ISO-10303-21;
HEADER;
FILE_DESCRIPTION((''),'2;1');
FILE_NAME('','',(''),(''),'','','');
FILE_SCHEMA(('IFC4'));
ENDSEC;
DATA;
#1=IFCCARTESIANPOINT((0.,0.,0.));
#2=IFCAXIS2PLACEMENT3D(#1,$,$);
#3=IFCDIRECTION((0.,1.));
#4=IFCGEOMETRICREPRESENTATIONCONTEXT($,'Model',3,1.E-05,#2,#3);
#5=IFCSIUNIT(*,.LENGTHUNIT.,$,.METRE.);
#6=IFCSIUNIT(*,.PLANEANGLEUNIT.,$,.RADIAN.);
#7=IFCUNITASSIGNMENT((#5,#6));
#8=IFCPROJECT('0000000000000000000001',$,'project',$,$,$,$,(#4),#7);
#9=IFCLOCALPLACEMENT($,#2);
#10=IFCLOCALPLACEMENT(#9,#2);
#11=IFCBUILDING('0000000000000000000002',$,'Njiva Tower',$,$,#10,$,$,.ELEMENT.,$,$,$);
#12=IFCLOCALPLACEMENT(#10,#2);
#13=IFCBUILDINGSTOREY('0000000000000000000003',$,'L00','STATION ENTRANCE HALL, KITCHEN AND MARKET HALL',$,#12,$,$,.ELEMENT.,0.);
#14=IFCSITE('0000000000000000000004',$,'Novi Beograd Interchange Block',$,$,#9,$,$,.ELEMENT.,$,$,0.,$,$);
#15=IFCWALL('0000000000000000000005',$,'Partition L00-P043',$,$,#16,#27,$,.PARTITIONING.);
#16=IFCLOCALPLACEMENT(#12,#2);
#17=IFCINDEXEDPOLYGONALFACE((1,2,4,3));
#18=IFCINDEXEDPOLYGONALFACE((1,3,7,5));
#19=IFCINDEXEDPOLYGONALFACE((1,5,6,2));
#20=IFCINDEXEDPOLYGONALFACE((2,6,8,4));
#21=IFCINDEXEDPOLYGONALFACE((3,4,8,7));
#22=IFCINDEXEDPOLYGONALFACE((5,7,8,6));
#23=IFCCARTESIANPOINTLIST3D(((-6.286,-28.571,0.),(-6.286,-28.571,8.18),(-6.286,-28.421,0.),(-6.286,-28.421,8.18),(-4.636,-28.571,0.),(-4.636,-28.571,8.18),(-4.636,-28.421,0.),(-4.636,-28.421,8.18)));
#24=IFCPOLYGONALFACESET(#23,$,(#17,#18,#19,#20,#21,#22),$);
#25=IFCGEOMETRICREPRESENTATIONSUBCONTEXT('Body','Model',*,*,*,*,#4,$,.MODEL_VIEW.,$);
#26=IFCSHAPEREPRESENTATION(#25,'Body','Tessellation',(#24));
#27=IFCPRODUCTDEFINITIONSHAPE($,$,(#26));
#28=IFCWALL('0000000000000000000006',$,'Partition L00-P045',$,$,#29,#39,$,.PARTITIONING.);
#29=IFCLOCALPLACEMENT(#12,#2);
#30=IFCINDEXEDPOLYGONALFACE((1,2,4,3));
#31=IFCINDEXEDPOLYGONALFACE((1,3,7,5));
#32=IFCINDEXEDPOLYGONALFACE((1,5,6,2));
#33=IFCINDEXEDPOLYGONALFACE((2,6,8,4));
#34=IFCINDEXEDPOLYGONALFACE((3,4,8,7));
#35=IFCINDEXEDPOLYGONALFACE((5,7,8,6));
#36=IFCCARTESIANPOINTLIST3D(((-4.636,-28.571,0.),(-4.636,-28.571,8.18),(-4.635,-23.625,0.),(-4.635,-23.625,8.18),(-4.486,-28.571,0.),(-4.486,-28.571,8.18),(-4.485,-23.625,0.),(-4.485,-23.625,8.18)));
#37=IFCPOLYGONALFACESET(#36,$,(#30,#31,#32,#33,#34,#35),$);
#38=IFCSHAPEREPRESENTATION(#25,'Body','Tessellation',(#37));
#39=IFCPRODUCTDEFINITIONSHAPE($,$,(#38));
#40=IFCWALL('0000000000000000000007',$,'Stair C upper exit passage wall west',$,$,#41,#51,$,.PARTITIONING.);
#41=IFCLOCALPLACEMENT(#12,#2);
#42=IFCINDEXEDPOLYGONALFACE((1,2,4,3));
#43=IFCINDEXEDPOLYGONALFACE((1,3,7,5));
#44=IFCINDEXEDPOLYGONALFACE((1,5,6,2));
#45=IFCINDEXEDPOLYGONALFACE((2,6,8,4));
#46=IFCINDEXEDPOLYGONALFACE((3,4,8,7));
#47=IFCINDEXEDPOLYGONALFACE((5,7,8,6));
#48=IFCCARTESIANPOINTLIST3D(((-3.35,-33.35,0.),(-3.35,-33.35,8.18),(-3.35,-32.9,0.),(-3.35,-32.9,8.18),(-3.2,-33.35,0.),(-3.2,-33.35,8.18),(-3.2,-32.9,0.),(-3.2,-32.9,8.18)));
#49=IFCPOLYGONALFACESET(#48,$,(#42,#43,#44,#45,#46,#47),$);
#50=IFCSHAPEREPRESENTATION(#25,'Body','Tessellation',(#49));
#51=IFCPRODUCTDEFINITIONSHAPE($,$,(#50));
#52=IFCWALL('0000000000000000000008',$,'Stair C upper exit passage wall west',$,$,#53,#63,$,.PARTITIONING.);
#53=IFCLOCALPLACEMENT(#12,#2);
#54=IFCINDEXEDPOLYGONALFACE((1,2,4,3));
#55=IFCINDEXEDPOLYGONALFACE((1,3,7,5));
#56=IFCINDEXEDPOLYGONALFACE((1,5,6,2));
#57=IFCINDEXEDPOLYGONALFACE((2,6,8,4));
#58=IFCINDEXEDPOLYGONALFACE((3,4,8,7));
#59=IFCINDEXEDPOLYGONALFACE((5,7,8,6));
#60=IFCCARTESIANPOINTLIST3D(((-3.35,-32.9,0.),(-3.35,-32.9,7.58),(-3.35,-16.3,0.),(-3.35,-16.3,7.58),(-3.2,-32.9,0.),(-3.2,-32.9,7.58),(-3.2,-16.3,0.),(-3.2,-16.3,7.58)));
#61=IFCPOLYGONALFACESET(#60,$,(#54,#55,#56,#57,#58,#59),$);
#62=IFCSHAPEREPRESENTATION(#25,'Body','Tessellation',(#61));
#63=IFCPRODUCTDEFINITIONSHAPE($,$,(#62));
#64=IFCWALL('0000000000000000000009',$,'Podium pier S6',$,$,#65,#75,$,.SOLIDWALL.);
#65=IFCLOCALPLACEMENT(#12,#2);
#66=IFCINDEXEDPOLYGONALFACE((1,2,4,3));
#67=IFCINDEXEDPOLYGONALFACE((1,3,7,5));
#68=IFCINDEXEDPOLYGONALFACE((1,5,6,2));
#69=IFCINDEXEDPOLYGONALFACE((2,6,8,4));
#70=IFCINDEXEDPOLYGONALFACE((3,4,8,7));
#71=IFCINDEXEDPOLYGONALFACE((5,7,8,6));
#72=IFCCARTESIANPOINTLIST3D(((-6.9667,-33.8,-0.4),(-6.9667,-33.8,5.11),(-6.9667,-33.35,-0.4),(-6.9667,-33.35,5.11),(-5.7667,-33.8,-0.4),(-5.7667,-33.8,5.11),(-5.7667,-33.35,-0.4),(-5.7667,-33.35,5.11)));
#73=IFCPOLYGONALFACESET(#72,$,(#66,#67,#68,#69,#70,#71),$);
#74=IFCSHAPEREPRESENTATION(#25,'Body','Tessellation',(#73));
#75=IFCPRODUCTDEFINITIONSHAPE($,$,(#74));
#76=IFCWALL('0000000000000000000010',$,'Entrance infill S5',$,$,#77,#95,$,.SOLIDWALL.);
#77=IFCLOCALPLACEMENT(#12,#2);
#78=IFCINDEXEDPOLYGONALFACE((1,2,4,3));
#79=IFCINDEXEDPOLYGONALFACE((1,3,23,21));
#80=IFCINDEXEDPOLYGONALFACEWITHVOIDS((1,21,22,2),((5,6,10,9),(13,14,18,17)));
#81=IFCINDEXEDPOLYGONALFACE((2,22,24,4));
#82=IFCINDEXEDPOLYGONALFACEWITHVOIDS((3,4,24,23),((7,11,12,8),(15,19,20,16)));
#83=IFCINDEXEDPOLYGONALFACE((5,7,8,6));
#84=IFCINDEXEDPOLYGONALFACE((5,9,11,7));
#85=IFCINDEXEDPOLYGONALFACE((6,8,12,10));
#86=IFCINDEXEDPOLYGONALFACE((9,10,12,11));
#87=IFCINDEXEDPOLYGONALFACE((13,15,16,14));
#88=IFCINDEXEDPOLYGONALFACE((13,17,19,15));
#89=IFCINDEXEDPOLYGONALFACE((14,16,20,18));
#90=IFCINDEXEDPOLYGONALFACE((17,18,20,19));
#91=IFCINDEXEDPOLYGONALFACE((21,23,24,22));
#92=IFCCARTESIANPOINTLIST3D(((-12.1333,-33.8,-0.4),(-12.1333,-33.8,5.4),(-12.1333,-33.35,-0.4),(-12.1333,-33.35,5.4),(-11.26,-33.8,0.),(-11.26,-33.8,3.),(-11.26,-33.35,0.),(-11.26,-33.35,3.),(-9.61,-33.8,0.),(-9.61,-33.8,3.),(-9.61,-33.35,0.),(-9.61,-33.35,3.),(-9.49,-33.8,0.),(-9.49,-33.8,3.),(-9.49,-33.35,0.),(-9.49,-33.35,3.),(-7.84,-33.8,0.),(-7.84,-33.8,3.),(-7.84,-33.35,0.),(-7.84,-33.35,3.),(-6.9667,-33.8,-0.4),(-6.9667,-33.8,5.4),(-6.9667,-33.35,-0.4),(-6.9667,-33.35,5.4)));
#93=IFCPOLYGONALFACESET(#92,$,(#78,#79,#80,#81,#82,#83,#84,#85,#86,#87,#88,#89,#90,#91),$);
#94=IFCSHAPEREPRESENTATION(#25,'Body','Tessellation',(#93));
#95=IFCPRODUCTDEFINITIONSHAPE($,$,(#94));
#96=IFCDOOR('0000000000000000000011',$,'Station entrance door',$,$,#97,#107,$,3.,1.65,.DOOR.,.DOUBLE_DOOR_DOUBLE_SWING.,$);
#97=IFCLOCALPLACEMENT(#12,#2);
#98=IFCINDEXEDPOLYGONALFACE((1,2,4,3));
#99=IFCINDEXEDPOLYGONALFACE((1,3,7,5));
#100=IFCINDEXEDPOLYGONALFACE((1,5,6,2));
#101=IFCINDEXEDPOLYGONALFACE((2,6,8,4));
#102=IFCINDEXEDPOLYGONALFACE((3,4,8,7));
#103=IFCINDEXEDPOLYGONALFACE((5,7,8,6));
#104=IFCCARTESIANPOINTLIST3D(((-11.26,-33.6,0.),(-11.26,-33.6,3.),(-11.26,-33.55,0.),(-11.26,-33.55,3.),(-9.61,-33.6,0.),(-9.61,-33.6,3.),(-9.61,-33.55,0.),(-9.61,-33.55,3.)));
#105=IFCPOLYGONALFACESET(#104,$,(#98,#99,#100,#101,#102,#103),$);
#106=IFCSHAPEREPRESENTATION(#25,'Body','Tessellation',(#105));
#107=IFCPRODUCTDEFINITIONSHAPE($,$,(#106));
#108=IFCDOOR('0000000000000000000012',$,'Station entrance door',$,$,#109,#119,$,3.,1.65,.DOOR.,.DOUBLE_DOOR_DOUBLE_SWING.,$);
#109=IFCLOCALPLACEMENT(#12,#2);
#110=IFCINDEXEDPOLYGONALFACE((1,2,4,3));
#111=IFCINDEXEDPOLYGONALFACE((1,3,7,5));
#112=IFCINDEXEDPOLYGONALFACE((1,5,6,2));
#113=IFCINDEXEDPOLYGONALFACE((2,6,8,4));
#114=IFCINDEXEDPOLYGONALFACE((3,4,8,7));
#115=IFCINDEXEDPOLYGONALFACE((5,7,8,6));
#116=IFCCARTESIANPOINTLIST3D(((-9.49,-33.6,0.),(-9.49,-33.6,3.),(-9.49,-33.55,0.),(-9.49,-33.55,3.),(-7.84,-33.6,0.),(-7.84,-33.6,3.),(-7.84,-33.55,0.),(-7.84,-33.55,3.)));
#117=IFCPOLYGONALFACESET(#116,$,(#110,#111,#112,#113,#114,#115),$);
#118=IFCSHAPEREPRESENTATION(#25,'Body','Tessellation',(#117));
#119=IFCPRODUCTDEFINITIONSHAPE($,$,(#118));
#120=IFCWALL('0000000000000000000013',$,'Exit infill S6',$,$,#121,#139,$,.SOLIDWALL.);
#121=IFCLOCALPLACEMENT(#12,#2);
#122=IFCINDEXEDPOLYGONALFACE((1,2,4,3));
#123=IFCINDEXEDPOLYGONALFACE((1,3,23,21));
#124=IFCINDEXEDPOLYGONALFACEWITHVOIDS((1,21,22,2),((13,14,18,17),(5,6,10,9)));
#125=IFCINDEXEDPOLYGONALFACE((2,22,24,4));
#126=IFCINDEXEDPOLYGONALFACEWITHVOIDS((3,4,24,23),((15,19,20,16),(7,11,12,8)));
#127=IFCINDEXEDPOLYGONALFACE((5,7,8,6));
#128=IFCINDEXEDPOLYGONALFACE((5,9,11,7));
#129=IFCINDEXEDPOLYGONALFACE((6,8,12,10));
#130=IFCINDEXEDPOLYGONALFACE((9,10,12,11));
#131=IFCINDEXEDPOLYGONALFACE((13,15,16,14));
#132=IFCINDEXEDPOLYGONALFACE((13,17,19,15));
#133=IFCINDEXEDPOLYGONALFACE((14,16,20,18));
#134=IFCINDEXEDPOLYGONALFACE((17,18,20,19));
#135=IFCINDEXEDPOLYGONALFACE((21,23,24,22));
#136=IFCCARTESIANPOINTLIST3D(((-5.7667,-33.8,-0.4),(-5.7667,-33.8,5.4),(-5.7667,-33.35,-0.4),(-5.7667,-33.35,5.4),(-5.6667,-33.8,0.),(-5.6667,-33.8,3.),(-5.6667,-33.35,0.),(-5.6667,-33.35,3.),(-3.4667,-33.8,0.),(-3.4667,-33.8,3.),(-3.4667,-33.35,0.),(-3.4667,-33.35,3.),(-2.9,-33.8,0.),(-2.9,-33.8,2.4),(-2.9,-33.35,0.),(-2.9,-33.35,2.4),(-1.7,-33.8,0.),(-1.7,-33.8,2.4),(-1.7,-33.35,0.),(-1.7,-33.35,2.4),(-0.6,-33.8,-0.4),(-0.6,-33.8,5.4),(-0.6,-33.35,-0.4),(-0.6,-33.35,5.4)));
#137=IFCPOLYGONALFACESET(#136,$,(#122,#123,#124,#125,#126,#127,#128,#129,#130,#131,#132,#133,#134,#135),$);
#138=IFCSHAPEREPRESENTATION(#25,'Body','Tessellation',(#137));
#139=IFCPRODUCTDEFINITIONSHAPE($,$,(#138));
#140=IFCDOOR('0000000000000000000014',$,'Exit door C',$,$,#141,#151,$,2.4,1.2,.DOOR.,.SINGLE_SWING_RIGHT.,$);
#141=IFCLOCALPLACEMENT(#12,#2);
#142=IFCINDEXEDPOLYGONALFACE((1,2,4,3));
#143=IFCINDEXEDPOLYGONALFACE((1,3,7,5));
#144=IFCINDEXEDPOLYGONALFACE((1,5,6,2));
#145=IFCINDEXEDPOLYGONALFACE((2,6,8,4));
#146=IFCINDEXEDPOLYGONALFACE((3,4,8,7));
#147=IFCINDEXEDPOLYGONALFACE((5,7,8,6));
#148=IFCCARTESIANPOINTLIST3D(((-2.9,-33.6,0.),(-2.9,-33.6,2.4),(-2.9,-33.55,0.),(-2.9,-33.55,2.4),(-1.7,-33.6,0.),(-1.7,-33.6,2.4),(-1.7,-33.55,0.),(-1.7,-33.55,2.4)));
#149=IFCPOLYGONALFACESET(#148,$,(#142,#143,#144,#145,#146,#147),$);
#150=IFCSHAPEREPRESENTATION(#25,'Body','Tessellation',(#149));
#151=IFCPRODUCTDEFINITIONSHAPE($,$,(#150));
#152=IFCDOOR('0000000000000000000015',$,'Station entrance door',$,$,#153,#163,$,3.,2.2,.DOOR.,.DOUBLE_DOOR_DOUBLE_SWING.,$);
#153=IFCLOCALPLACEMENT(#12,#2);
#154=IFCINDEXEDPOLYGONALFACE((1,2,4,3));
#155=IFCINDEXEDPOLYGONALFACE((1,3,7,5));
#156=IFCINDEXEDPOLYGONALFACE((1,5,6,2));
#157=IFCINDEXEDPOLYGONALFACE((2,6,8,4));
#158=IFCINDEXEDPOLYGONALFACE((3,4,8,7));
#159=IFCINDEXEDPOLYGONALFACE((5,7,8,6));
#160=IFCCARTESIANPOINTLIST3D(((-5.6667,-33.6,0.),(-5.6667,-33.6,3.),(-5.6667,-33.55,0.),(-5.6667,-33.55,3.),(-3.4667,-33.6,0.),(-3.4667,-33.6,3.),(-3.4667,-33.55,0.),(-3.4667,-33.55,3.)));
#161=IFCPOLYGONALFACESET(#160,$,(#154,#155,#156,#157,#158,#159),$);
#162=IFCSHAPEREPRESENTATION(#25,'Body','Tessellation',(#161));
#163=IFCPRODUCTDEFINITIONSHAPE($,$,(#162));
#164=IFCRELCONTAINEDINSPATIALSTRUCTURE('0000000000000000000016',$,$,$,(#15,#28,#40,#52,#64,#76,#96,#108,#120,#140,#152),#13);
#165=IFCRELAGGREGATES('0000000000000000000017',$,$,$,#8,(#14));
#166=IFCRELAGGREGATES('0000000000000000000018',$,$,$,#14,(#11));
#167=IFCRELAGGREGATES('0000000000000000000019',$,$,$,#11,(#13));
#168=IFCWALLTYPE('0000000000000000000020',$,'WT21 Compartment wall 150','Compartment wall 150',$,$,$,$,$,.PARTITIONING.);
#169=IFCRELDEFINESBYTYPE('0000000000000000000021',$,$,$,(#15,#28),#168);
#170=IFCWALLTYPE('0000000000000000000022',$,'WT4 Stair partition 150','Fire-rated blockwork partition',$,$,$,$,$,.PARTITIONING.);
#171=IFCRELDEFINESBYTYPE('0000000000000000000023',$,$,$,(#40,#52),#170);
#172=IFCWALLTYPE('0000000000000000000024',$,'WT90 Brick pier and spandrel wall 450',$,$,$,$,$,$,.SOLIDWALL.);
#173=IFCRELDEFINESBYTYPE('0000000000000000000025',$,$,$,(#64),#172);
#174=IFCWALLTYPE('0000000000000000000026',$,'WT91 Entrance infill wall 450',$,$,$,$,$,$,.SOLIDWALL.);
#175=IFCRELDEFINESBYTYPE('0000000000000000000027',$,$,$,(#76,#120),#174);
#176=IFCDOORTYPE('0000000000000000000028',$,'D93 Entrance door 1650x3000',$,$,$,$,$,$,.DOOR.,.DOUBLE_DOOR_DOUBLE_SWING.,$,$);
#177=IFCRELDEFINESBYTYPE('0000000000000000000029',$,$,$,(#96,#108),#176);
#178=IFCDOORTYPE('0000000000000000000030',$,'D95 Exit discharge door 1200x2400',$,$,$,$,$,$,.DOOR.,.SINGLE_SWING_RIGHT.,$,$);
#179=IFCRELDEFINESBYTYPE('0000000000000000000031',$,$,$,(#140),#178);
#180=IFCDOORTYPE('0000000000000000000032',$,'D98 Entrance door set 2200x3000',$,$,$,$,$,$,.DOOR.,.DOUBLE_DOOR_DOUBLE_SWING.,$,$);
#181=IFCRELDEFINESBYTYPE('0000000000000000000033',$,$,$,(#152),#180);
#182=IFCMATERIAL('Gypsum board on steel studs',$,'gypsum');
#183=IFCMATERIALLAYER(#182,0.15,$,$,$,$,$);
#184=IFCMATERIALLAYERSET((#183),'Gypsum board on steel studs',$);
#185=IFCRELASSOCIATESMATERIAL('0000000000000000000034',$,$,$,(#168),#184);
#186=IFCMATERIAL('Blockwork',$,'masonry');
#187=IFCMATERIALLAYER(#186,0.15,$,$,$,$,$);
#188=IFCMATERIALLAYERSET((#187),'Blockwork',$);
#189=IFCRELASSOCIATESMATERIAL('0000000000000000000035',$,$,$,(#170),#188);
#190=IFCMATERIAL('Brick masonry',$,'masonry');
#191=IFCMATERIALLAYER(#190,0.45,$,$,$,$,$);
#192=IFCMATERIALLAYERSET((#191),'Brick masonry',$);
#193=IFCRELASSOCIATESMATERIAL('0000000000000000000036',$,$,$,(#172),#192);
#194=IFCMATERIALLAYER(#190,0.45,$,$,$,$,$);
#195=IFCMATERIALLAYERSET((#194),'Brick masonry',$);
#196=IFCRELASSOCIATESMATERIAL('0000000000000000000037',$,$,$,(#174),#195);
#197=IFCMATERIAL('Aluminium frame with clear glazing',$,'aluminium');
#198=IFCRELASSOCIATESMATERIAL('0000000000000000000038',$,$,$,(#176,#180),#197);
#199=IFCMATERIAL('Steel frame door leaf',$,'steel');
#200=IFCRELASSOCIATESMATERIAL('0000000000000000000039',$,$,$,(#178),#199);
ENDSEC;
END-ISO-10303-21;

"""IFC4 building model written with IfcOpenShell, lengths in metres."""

from ifc_helpers import new_model, si_unit, direction, frame, frame_2d, origin, place, context, subcontext, project, spatial, polyline, rectangle, outline, extrude, material, layer, layer_set, type_object, element, fill, save


model = new_model("IFC4")

# Units and contexts
model_context = context("Model", 3, precision=1e-05, world=origin(), true_north=direction((0.0, 1.0)))
body_context = subcontext(model_context, "Body", "Model", "MODEL_VIEW")
ifc_project = project(units=[si_unit("LENGTHUNIT", "METRE"), si_unit("PLANEANGLEUNIT", "RADIAN")], contexts=[model_context])

# Site, building, storey
site_placement = place(None, origin())
site = spatial("IfcSite", under=ifc_project, at=site_placement, Name="Novi Beograd Interchange Block", CompositionType="ELEMENT", RefElevation=0.0)
building_placement = place(site_placement, origin())
building = spatial("IfcBuilding", under=site, at=building_placement, Name="Njiva Tower", CompositionType="ELEMENT")
storey_placement = place(building_placement, origin())
storey = spatial("IfcBuildingStorey", under=building, at=storey_placement, Name="L00", Description="STATION ENTRANCE HALL, KITCHEN AND MARKET HALL", CompositionType="ELEMENT", Elevation=0.0)

# Shared definitions
ifc_material_1 = material(Name="Gypsum board on steel studs", Category="gypsum")
ifc_layer_1 = layer(ifc_material_1, 0.15)
ifc_layer_set_1 = layer_set([ifc_layer_1], Name="Gypsum board on steel studs")
wall_type_1 = type_object("IfcWallType", Name="WT21 Compartment wall 150", Description="Compartment wall 150", PredefinedType="PARTITIONING", material=ifc_layer_set_1)

# Walls
wall_1_placement = place(storey_placement, frame((-6.286, -28.496, 0.0), z_axis=(0.0, 0.0, 1.0), x_axis=(1.0, 0.0, 0.0)))
element("IfcWall", 1, at=wall_1_placement, inside=storey, type_object=wall_type_1, Name="Partition L00-P043", PredefinedType="PARTITIONING", context=body_context, shape_type="SweptSolid", body=[
    extrude(rectangle(XDim=1.65, YDim=0.15, at=frame_2d((0.825, 0.0))), origin(), (0.0, 0.0, 1.0), 8.18),
])
wall_2_placement = place(storey_placement, frame((-4.561, -28.571, 0.0), z_axis=(0.0, 0.0, 1.0), x_axis=(0.000202, 1.0, 0.0)))
element("IfcWall", 2, at=wall_2_placement, inside=storey, type_object=wall_type_1, Name="Partition L00-P045", PredefinedType="PARTITIONING", context=body_context, shape_type="SweptSolid", body=[
    extrude(rectangle(XDim=4.946, YDim=0.15, at=frame_2d((2.473, 0.0))), origin(), (0.0, 0.0, 1.0), 8.18),
])
ifc_material_2 = material(Name="Blockwork", Category="masonry")
ifc_layer_2 = layer(ifc_material_2, 0.15)
ifc_layer_set_2 = layer_set([ifc_layer_2], Name="Blockwork")
wall_type_2 = type_object("IfcWallType", Name="WT4 Stair partition 150", Description="Fire-rated blockwork partition", PredefinedType="PARTITIONING", material=ifc_layer_set_2)
wall_3_placement = place(storey_placement, frame((-3.275, -33.35, 0.0), z_axis=(0.0, 0.0, 1.0), x_axis=(0.0, 1.0, 0.0)))
element("IfcWall", 3, at=wall_3_placement, inside=storey, type_object=wall_type_2, Name="Stair C upper exit passage wall west", PredefinedType="PARTITIONING", context=body_context, shape_type="SweptSolid", body=[
    extrude(rectangle(XDim=0.45, YDim=0.15, at=frame_2d((0.225, 0.0))), origin(), (0.0, 0.0, 1.0), 8.18),
])
wall_4_placement = place(storey_placement, frame((-3.275, -32.9, 0.0), z_axis=(0.0, 0.0, 1.0), x_axis=(0.0, 1.0, 0.0)))
element("IfcWall", 4, at=wall_4_placement, inside=storey, type_object=wall_type_2, Name="Stair C upper exit passage wall west", PredefinedType="PARTITIONING", context=body_context, shape_type="SweptSolid", body=[
    extrude(rectangle(XDim=16.6, YDim=0.15, at=frame_2d((8.3, 0.0))), origin(), (0.0, 0.0, 1.0), 7.58),
])
ifc_material_3 = material(Name="Brick masonry", Category="masonry")
ifc_layer_3 = layer(ifc_material_3, 0.45)
ifc_layer_set_3 = layer_set([ifc_layer_3], Name="Brick masonry")
wall_type_3 = type_object("IfcWallType", Name="WT90 Brick pier and spandrel wall 450", PredefinedType="SOLIDWALL", material=ifc_layer_set_3)
wall_5_placement = place(storey_placement, frame((-6.9667, -33.575, -0.4), z_axis=(0.0, 0.0, 1.0), x_axis=(1.0, 0.0, 0.0)))
element("IfcWall", 5, at=wall_5_placement, inside=storey, type_object=wall_type_3, Name="Podium pier S6", PredefinedType="SOLIDWALL", context=body_context, shape_type="SweptSolid", body=[
    extrude(outline(polyline([(0.0, -0.225), (1.2, -0.225), (1.2, 0.225), (0.0, 0.225), (0.0, -0.225)])), origin(), (0.0, 0.0, 1.0), 5.51),
])

# Walls, openings, doors
ifc_layer_4 = layer(ifc_material_3, 0.45)
ifc_layer_set_4 = layer_set([ifc_layer_4], Name="Brick masonry")
wall_type_4 = type_object("IfcWallType", Name="WT91 Entrance infill wall 450", PredefinedType="SOLIDWALL", material=ifc_layer_set_4)
wall_6_placement = place(storey_placement, frame((-12.1333, -33.575, -0.4), z_axis=(0.0, 0.0, 1.0), x_axis=(1.0, 0.0, 0.0)))
wall_6 = element("IfcWall", 6, at=wall_6_placement, inside=storey, type_object=wall_type_4, Name="Entrance infill S5", PredefinedType="SOLIDWALL", context=body_context, shape_type="SweptSolid", body=[
    extrude(outline(polyline([(0.0, -0.225), (5.1666, -0.225), (5.1666, 0.225), (0.0, 0.225), (0.0, -0.225)])), origin(), (0.0, 0.0, 1.0), 5.8),
])
opening_1_placement = place(wall_6_placement, frame((0.8733, 0.0, 0.4)))
opening_1 = element("IfcOpeningElement", 7, at=opening_1_placement, cuts=wall_6, PredefinedType="OPENING", context=body_context, shape_type="SweptSolid", body=[
    extrude(rectangle(XDim=1.65, YDim=3.0, at=frame_2d((0.825, 1.5))), frame((0.0, 0.235, 0.0), z_axis=(0.0, -1.0, 0.0), x_axis=(1.0, 0.0, 0.0)), (0.0, 0.0, 1.0), 0.47),
])
opening_2_placement = place(wall_6_placement, frame((2.6433, 0.0, 0.4)))
opening_2 = element("IfcOpeningElement", 8, at=opening_2_placement, cuts=wall_6, PredefinedType="OPENING", context=body_context, shape_type="SweptSolid", body=[
    extrude(rectangle(XDim=1.65, YDim=3.0, at=frame_2d((0.825, 1.5))), frame((0.0, 0.235, 0.0), z_axis=(0.0, -1.0, 0.0), x_axis=(1.0, 0.0, 0.0)), (0.0, 0.0, 1.0), 0.47),
])
ifc_material_4 = material(Name="Aluminium frame with clear glazing", Category="aluminium")
door_type_1 = type_object("IfcDoorType", Name="D93 Entrance door 1650x3000", OperationType="DOUBLE_DOOR_DOUBLE_SWING", PredefinedType="DOOR", material=ifc_material_4)
door_1_placement = place(opening_1_placement, frame((1.65, 0.0, 0.0), z_axis=(0.0, 0.0, 1.0), x_axis=(-1.0, 0.0, 0.0)))
door_1 = element("IfcDoor", 9, at=door_1_placement, inside=storey, type_object=door_type_1, Name="Station entrance door", OperationType="DOUBLE_DOOR_DOUBLE_SWING", OverallHeight=3.0, OverallWidth=1.65, PredefinedType="DOOR", context=body_context, shape_type="SweptSolid", body=[
    extrude(rectangle(XDim=1.65, YDim=3.0, at=frame_2d((0.825, 1.5))), frame((0.0, 0.025, 0.0), z_axis=(0.0, -1.0, 0.0), x_axis=(1.0, 0.0, 0.0)), (0.0, 0.0, 1.0), 0.05),
])
fill(opening_1, door_1)
door_2_placement = place(opening_2_placement, frame((1.65, 0.0, 0.0), z_axis=(0.0, 0.0, 1.0), x_axis=(-1.0, 0.0, 0.0)))
door_2 = element("IfcDoor", 10, at=door_2_placement, inside=storey, type_object=door_type_1, Name="Station entrance door", OperationType="DOUBLE_DOOR_DOUBLE_SWING", OverallHeight=3.0, OverallWidth=1.65, PredefinedType="DOOR", context=body_context, shape_type="SweptSolid", body=[
    extrude(rectangle(XDim=1.65, YDim=3.0, at=frame_2d((0.825, 1.5))), frame((0.0, 0.025, 0.0), z_axis=(0.0, -1.0, 0.0), x_axis=(1.0, 0.0, 0.0)), (0.0, 0.0, 1.0), 0.05),
])
fill(opening_2, door_2)
wall_7_placement = place(storey_placement, frame((-5.7667, -33.575, -0.4), z_axis=(0.0, 0.0, 1.0), x_axis=(1.0, 0.0, 0.0)))
wall_7 = element("IfcWall", 11, at=wall_7_placement, inside=storey, type_object=wall_type_4, Name="Exit infill S6", PredefinedType="SOLIDWALL", context=body_context, shape_type="SweptSolid", body=[
    extrude(outline(polyline([(0.0, -0.225), (5.1667, -0.225), (5.1667, 0.225), (0.0, 0.225), (0.0, -0.225)])), origin(), (0.0, 0.0, 1.0), 5.8),
])
opening_3_placement = place(wall_7_placement, frame((2.8667, 0.0, 0.4)))
opening_3 = element("IfcOpeningElement", 12, at=opening_3_placement, cuts=wall_7, PredefinedType="OPENING", context=body_context, shape_type="SweptSolid", body=[
    extrude(rectangle(XDim=1.2, YDim=2.4, at=frame_2d((0.6, 1.2))), frame((0.0, 0.235, 0.0), z_axis=(0.0, -1.0, 0.0), x_axis=(1.0, 0.0, 0.0)), (0.0, 0.0, 1.0), 0.47),
])
opening_4_placement = place(wall_7_placement, frame((0.1, 0.0, 0.4)))
opening_4 = element("IfcOpeningElement", 13, at=opening_4_placement, cuts=wall_7, PredefinedType="OPENING", context=body_context, shape_type="SweptSolid", body=[
    extrude(rectangle(XDim=2.2, YDim=3.0, at=frame_2d((1.1, 1.5))), frame((0.0, 0.235, 0.0), z_axis=(0.0, -1.0, 0.0), x_axis=(1.0, 0.0, 0.0)), (0.0, 0.0, 1.0), 0.47),
])
ifc_material_5 = material(Name="Steel frame door leaf", Category="steel")
door_type_2 = type_object("IfcDoorType", Name="D95 Exit discharge door 1200x2400", OperationType="SINGLE_SWING_RIGHT", PredefinedType="DOOR", material=ifc_material_5)
door_3_placement = place(opening_3_placement, frame((1.2, 0.0, 0.0), z_axis=(0.0, 0.0, 1.0), x_axis=(-1.0, 0.0, 0.0)))
door_3 = element("IfcDoor", 14, at=door_3_placement, inside=storey, type_object=door_type_2, Name="Exit door C", OperationType="SINGLE_SWING_RIGHT", OverallHeight=2.4, OverallWidth=1.2, PredefinedType="DOOR", context=body_context, shape_type="SweptSolid", body=[
    extrude(rectangle(XDim=1.2, YDim=2.4, at=frame_2d((0.6, 1.2))), frame((0.0, 0.025, 0.0), z_axis=(0.0, -1.0, 0.0), x_axis=(1.0, 0.0, 0.0)), (0.0, 0.0, 1.0), 0.05),
])
fill(opening_3, door_3)
door_type_3 = type_object("IfcDoorType", Name="D98 Entrance door set 2200x3000", OperationType="DOUBLE_DOOR_DOUBLE_SWING", PredefinedType="DOOR", material=ifc_material_4)
door_4_placement = place(opening_4_placement, frame((2.2, 0.0, 0.0), z_axis=(0.0, 0.0, 1.0), x_axis=(-1.0, 0.0, 0.0)))
door_4 = element("IfcDoor", 15, at=door_4_placement, inside=storey, type_object=door_type_3, Name="Station entrance door", OperationType="DOUBLE_DOOR_DOUBLE_SWING", OverallHeight=3.0, OverallWidth=2.2, PredefinedType="DOOR", context=body_context, shape_type="SweptSolid", body=[
    extrude(rectangle(XDim=2.2, YDim=3.0, at=frame_2d((1.1, 1.5))), frame((0.0, 0.025, 0.0), z_axis=(0.0, -1.0, 0.0), x_axis=(1.0, 0.0, 0.0)), (0.0, 0.0, 1.0), 0.05),
])
fill(opening_4, door_4)

save(model, "model.ifc")
